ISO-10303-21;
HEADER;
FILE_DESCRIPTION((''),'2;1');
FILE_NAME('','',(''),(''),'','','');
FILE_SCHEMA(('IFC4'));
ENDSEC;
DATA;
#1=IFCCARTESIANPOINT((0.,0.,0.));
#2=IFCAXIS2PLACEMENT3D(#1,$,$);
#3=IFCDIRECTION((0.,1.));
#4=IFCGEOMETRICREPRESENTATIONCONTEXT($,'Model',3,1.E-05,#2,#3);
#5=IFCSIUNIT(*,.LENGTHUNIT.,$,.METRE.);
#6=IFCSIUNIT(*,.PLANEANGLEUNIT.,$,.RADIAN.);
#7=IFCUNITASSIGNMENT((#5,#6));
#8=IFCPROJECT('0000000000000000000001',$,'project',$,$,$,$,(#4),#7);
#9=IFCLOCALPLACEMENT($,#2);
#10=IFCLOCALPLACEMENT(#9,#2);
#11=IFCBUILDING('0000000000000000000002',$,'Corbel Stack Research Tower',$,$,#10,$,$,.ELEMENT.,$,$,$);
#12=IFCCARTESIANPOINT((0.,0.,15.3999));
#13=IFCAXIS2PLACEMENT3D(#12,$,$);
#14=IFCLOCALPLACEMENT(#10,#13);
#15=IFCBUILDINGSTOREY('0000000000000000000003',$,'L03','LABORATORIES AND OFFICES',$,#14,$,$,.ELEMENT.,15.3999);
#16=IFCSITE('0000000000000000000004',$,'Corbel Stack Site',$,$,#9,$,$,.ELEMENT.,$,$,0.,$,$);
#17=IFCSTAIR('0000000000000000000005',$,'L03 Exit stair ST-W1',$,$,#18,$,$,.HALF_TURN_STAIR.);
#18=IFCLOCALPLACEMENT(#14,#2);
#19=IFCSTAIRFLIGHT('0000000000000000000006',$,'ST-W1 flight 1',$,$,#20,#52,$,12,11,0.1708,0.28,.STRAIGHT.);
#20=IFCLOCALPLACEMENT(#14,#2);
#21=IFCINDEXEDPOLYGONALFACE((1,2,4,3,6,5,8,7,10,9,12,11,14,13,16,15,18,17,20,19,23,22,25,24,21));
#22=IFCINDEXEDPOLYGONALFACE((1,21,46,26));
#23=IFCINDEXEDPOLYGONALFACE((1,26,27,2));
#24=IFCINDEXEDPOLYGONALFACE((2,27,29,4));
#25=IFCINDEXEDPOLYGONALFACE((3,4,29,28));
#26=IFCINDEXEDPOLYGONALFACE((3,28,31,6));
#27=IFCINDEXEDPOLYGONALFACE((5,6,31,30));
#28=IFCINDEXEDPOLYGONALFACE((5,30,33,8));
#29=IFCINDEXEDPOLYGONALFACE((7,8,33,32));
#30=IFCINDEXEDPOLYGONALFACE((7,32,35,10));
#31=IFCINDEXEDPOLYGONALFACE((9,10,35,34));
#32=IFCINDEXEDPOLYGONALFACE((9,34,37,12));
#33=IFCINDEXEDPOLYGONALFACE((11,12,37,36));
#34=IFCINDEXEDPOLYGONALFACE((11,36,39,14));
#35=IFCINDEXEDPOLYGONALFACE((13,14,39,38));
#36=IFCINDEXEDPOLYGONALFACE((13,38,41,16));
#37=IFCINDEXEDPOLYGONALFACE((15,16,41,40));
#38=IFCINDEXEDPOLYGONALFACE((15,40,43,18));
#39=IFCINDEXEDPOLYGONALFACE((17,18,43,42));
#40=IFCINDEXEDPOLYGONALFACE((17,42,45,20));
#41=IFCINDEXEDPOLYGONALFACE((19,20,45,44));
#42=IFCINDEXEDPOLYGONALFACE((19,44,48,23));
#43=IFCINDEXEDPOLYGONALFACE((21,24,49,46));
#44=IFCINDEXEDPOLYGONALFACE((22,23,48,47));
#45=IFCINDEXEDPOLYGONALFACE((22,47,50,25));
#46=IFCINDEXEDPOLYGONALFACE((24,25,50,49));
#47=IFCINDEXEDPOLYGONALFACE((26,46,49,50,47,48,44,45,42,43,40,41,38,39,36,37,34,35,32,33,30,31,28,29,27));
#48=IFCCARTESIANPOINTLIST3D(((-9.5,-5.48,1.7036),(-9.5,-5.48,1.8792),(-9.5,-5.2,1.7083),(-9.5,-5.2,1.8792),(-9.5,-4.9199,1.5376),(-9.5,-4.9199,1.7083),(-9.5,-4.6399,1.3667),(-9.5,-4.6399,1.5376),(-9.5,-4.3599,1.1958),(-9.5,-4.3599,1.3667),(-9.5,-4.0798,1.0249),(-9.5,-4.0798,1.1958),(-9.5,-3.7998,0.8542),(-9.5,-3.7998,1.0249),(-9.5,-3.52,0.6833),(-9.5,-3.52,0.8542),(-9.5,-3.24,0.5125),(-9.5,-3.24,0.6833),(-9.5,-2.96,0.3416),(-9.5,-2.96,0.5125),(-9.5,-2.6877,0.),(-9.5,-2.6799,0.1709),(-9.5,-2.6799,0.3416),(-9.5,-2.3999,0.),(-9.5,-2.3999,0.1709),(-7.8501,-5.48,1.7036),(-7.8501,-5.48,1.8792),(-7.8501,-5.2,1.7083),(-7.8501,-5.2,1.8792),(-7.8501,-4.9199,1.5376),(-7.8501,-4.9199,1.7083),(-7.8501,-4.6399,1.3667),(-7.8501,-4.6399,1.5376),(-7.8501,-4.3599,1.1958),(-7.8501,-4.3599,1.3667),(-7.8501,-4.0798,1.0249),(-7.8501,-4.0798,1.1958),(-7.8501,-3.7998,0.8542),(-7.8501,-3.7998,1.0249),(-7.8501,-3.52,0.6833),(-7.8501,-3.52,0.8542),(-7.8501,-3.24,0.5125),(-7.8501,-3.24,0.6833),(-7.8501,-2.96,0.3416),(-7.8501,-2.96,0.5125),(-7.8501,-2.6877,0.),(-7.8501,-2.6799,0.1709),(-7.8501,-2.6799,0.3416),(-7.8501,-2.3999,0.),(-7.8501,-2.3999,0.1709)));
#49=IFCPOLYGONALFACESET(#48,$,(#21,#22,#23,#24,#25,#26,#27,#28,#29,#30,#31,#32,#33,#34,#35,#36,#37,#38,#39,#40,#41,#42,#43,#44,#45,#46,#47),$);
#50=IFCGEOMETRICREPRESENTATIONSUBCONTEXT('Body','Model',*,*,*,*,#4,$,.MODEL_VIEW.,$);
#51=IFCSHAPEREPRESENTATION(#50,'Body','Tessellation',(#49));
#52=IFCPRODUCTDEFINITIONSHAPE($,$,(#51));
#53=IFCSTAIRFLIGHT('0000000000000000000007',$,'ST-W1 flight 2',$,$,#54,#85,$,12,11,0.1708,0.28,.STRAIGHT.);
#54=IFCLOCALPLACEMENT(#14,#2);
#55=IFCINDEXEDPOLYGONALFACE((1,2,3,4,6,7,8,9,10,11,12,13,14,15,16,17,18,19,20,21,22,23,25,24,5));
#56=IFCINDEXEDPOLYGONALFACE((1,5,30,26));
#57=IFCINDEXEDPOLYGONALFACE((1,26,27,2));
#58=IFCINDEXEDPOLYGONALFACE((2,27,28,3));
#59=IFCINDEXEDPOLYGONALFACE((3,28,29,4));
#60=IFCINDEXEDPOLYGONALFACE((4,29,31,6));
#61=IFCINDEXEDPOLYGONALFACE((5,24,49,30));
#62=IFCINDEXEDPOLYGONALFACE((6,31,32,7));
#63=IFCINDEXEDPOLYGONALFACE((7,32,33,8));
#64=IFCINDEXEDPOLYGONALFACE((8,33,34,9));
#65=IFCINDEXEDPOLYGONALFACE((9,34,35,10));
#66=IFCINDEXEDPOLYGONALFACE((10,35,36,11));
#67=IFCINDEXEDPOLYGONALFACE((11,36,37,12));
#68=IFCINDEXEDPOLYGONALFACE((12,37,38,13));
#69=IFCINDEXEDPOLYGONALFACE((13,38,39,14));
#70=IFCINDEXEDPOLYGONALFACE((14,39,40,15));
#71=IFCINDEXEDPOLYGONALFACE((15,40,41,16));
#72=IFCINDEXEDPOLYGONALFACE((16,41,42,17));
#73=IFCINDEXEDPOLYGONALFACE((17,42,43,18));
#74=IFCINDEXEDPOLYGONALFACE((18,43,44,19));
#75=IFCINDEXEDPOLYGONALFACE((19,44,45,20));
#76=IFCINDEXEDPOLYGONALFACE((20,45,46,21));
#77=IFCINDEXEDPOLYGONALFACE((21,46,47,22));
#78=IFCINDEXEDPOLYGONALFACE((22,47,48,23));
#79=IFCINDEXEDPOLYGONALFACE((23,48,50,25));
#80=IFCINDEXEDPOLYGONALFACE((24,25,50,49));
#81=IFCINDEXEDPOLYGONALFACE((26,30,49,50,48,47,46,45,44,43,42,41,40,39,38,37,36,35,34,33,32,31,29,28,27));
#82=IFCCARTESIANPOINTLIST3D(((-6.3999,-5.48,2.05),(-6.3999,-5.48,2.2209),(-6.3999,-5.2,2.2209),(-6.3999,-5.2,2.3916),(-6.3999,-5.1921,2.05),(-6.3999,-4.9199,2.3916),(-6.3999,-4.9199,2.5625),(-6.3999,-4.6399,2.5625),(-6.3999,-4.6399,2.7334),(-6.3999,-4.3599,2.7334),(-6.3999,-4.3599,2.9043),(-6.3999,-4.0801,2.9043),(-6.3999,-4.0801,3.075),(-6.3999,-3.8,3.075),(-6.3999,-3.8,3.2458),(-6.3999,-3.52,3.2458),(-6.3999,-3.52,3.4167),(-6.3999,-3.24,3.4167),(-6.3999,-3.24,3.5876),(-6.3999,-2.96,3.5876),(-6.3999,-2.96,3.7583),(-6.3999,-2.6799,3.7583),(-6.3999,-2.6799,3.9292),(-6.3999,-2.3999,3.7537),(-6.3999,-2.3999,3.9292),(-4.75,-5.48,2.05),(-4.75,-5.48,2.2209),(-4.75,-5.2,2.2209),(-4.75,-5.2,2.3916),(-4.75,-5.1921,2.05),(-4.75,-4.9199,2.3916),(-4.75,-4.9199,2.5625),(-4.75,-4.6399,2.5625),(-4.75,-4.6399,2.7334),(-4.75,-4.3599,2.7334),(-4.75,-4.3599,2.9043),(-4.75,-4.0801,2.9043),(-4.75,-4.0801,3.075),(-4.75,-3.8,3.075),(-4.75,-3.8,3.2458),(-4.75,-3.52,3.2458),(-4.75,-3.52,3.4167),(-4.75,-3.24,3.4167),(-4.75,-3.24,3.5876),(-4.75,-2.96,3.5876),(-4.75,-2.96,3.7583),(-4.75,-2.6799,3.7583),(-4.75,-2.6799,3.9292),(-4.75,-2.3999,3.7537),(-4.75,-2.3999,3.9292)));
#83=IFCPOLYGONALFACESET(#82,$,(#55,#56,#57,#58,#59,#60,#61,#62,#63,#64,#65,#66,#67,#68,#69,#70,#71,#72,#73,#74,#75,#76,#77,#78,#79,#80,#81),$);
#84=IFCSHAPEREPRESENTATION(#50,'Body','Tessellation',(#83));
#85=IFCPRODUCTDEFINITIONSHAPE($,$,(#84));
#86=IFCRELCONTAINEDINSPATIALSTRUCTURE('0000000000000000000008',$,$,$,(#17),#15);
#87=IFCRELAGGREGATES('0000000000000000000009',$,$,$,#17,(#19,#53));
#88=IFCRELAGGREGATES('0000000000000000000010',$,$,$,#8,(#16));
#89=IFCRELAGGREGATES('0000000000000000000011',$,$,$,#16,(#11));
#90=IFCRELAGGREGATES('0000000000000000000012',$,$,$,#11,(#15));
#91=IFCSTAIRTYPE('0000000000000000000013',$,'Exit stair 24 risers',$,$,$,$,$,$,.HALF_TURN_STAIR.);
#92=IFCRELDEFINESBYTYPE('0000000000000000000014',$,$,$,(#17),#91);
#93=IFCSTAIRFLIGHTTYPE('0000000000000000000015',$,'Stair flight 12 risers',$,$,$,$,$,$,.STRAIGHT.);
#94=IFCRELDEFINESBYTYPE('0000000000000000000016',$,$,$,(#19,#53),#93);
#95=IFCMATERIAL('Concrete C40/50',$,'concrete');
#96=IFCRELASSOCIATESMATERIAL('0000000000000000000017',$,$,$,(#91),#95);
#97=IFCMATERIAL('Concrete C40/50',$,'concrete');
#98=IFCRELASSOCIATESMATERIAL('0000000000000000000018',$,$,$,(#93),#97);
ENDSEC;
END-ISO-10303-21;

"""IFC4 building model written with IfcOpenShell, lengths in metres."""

from ifc_helpers import new_model, si_unit, direction, frame, origin, place, context, subcontext, project, spatial, polyline, outline, extrude, material, type_object, element, aggregate, save


model = new_model("IFC4")

# Units and contexts
model_context = context("Model", 3, precision=1e-05, world=origin(), true_north=direction((0.0, 1.0)))
body_context = subcontext(model_context, "Body", "Model", "MODEL_VIEW")
ifc_project = project(units=[si_unit("LENGTHUNIT", "METRE"), si_unit("PLANEANGLEUNIT", "RADIAN")], contexts=[model_context])

# Site, building, storey
site_placement = place(None, origin())
site = spatial("IfcSite", under=ifc_project, at=site_placement, Name="Corbel Stack Site", CompositionType="ELEMENT", RefElevation=0.0)
building_placement = place(site_placement, origin())
building = spatial("IfcBuilding", under=site, at=building_placement, Name="Corbel Stack Research Tower", CompositionType="ELEMENT")
storey_placement = place(building_placement, frame((0.0, 0.0, 15.3999)))
storey = spatial("IfcBuildingStorey", under=building, at=storey_placement, Name="L03", Description="LABORATORIES AND OFFICES", CompositionType="ELEMENT", Elevation=15.3999)

# Stair, stair flights
ifc_material_1 = material(Name="Concrete C40/50", Category="concrete")
stair_type = type_object("IfcStairType", Name="Exit stair 24 risers", PredefinedType="HALF_TURN_STAIR", material=ifc_material_1)
stair_placement = place(storey_placement, origin())
stair = element("IfcStair", 1, at=stair_placement, inside=storey, type_object=stair_type, Name="L03 Exit stair ST-W1", PredefinedType="HALF_TURN_STAIR")
ifc_material_2 = material(Name="Concrete C40/50", Category="concrete")
stair_flight_type = type_object("IfcStairFlightType", Name="Stair flight 12 risers", PredefinedType="STRAIGHT", material=ifc_material_2)
stair_flight_1_placement = place(storey_placement, frame((-8.675, -2.3999, 0.0), z_axis=(0.0, 0.0, 1.0), x_axis=(0.0, -1.0, 0.0)))
stair_flight_1 = element("IfcStairFlight", 2, at=stair_flight_1_placement, type_object=stair_flight_type, Name="ST-W1 flight 1", NumberOfRisers=12, NumberOfTreads=11, PredefinedType="STRAIGHT", RiserHeight=0.1708, TreadLength=0.28, context=body_context, shape_type="SweptSolid", body=[
    extrude(outline(polyline([(0.0, 0.0), (0.0, 0.1709), (0.28, 0.1709), (0.28, 0.3416), (0.5601, 0.3416), (0.5601, 0.5125), (0.8401, 0.5125), (0.8401, 0.6833), (1.1201, 0.6833), (1.1201, 0.8542), (1.3999, 0.8542), (1.3999, 1.0249), (1.6799, 1.0249), (1.6799, 1.1958), (1.96, 1.1958), (1.96, 1.3667), (2.24, 1.3667), (2.24, 1.5376), (2.52, 1.5376), (2.52, 1.7083), (2.8, 1.7083), (2.8, 1.8792), (3.0801, 1.8792), (3.0801, 2.05), (3.0801, 1.7036), (0.2878, 0.0), (0.0, 0.0)])), frame((0.0, 0.825, 0.0), z_axis=(0.0, -1.0, 0.0), x_axis=(1.0, 0.0, 0.0)), (0.0, 0.0, 1.0), 1.6499),
])
stair_flight_2_placement = place(storey_placement, frame((-5.575, -5.48, 2.05), z_axis=(0.0, 0.0, 1.0), x_axis=(0.0, 1.0, 0.0)))
stair_flight_2 = element("IfcStairFlight", 3, at=stair_flight_2_placement, type_object=stair_flight_type, Name="ST-W1 flight 2", NumberOfRisers=12, NumberOfTreads=11, PredefinedType="STRAIGHT", RiserHeight=0.1708, TreadLength=0.28, context=body_context, shape_type="SweptSolid", body=[
    extrude(outline(polyline([(0.0, 0.0), (0.0, 0.1709), (0.28, 0.1709), (0.28, 0.3416), (0.5601, 0.3416), (0.5601, 0.5125), (0.8401, 0.5125), (0.8401, 0.6833), (1.1201, 0.6833), (1.1201, 0.8542), (1.3999, 0.8542), (1.3999, 1.0249), (1.6799, 1.0249), (1.6799, 1.1958), (1.96, 1.1958), (1.96, 1.3667), (2.24, 1.3667), (2.24, 1.5376), (2.52, 1.5376), (2.52, 1.7083), (2.8, 1.7083), (2.8, 1.8792), (3.0801, 1.8792), (3.0801, 2.05), (3.0801, 1.7036), (0.2878, 0.0), (0.0, 0.0)])), frame((0.0, 0.825, 0.0), z_axis=(0.0, -1.0, 0.0), x_axis=(1.0, 0.0, 0.0)), (0.0, 0.0, 1.0), 1.6499),
])
aggregate(stair, [stair_flight_1, stair_flight_2])

save(model, "model.ifc")
